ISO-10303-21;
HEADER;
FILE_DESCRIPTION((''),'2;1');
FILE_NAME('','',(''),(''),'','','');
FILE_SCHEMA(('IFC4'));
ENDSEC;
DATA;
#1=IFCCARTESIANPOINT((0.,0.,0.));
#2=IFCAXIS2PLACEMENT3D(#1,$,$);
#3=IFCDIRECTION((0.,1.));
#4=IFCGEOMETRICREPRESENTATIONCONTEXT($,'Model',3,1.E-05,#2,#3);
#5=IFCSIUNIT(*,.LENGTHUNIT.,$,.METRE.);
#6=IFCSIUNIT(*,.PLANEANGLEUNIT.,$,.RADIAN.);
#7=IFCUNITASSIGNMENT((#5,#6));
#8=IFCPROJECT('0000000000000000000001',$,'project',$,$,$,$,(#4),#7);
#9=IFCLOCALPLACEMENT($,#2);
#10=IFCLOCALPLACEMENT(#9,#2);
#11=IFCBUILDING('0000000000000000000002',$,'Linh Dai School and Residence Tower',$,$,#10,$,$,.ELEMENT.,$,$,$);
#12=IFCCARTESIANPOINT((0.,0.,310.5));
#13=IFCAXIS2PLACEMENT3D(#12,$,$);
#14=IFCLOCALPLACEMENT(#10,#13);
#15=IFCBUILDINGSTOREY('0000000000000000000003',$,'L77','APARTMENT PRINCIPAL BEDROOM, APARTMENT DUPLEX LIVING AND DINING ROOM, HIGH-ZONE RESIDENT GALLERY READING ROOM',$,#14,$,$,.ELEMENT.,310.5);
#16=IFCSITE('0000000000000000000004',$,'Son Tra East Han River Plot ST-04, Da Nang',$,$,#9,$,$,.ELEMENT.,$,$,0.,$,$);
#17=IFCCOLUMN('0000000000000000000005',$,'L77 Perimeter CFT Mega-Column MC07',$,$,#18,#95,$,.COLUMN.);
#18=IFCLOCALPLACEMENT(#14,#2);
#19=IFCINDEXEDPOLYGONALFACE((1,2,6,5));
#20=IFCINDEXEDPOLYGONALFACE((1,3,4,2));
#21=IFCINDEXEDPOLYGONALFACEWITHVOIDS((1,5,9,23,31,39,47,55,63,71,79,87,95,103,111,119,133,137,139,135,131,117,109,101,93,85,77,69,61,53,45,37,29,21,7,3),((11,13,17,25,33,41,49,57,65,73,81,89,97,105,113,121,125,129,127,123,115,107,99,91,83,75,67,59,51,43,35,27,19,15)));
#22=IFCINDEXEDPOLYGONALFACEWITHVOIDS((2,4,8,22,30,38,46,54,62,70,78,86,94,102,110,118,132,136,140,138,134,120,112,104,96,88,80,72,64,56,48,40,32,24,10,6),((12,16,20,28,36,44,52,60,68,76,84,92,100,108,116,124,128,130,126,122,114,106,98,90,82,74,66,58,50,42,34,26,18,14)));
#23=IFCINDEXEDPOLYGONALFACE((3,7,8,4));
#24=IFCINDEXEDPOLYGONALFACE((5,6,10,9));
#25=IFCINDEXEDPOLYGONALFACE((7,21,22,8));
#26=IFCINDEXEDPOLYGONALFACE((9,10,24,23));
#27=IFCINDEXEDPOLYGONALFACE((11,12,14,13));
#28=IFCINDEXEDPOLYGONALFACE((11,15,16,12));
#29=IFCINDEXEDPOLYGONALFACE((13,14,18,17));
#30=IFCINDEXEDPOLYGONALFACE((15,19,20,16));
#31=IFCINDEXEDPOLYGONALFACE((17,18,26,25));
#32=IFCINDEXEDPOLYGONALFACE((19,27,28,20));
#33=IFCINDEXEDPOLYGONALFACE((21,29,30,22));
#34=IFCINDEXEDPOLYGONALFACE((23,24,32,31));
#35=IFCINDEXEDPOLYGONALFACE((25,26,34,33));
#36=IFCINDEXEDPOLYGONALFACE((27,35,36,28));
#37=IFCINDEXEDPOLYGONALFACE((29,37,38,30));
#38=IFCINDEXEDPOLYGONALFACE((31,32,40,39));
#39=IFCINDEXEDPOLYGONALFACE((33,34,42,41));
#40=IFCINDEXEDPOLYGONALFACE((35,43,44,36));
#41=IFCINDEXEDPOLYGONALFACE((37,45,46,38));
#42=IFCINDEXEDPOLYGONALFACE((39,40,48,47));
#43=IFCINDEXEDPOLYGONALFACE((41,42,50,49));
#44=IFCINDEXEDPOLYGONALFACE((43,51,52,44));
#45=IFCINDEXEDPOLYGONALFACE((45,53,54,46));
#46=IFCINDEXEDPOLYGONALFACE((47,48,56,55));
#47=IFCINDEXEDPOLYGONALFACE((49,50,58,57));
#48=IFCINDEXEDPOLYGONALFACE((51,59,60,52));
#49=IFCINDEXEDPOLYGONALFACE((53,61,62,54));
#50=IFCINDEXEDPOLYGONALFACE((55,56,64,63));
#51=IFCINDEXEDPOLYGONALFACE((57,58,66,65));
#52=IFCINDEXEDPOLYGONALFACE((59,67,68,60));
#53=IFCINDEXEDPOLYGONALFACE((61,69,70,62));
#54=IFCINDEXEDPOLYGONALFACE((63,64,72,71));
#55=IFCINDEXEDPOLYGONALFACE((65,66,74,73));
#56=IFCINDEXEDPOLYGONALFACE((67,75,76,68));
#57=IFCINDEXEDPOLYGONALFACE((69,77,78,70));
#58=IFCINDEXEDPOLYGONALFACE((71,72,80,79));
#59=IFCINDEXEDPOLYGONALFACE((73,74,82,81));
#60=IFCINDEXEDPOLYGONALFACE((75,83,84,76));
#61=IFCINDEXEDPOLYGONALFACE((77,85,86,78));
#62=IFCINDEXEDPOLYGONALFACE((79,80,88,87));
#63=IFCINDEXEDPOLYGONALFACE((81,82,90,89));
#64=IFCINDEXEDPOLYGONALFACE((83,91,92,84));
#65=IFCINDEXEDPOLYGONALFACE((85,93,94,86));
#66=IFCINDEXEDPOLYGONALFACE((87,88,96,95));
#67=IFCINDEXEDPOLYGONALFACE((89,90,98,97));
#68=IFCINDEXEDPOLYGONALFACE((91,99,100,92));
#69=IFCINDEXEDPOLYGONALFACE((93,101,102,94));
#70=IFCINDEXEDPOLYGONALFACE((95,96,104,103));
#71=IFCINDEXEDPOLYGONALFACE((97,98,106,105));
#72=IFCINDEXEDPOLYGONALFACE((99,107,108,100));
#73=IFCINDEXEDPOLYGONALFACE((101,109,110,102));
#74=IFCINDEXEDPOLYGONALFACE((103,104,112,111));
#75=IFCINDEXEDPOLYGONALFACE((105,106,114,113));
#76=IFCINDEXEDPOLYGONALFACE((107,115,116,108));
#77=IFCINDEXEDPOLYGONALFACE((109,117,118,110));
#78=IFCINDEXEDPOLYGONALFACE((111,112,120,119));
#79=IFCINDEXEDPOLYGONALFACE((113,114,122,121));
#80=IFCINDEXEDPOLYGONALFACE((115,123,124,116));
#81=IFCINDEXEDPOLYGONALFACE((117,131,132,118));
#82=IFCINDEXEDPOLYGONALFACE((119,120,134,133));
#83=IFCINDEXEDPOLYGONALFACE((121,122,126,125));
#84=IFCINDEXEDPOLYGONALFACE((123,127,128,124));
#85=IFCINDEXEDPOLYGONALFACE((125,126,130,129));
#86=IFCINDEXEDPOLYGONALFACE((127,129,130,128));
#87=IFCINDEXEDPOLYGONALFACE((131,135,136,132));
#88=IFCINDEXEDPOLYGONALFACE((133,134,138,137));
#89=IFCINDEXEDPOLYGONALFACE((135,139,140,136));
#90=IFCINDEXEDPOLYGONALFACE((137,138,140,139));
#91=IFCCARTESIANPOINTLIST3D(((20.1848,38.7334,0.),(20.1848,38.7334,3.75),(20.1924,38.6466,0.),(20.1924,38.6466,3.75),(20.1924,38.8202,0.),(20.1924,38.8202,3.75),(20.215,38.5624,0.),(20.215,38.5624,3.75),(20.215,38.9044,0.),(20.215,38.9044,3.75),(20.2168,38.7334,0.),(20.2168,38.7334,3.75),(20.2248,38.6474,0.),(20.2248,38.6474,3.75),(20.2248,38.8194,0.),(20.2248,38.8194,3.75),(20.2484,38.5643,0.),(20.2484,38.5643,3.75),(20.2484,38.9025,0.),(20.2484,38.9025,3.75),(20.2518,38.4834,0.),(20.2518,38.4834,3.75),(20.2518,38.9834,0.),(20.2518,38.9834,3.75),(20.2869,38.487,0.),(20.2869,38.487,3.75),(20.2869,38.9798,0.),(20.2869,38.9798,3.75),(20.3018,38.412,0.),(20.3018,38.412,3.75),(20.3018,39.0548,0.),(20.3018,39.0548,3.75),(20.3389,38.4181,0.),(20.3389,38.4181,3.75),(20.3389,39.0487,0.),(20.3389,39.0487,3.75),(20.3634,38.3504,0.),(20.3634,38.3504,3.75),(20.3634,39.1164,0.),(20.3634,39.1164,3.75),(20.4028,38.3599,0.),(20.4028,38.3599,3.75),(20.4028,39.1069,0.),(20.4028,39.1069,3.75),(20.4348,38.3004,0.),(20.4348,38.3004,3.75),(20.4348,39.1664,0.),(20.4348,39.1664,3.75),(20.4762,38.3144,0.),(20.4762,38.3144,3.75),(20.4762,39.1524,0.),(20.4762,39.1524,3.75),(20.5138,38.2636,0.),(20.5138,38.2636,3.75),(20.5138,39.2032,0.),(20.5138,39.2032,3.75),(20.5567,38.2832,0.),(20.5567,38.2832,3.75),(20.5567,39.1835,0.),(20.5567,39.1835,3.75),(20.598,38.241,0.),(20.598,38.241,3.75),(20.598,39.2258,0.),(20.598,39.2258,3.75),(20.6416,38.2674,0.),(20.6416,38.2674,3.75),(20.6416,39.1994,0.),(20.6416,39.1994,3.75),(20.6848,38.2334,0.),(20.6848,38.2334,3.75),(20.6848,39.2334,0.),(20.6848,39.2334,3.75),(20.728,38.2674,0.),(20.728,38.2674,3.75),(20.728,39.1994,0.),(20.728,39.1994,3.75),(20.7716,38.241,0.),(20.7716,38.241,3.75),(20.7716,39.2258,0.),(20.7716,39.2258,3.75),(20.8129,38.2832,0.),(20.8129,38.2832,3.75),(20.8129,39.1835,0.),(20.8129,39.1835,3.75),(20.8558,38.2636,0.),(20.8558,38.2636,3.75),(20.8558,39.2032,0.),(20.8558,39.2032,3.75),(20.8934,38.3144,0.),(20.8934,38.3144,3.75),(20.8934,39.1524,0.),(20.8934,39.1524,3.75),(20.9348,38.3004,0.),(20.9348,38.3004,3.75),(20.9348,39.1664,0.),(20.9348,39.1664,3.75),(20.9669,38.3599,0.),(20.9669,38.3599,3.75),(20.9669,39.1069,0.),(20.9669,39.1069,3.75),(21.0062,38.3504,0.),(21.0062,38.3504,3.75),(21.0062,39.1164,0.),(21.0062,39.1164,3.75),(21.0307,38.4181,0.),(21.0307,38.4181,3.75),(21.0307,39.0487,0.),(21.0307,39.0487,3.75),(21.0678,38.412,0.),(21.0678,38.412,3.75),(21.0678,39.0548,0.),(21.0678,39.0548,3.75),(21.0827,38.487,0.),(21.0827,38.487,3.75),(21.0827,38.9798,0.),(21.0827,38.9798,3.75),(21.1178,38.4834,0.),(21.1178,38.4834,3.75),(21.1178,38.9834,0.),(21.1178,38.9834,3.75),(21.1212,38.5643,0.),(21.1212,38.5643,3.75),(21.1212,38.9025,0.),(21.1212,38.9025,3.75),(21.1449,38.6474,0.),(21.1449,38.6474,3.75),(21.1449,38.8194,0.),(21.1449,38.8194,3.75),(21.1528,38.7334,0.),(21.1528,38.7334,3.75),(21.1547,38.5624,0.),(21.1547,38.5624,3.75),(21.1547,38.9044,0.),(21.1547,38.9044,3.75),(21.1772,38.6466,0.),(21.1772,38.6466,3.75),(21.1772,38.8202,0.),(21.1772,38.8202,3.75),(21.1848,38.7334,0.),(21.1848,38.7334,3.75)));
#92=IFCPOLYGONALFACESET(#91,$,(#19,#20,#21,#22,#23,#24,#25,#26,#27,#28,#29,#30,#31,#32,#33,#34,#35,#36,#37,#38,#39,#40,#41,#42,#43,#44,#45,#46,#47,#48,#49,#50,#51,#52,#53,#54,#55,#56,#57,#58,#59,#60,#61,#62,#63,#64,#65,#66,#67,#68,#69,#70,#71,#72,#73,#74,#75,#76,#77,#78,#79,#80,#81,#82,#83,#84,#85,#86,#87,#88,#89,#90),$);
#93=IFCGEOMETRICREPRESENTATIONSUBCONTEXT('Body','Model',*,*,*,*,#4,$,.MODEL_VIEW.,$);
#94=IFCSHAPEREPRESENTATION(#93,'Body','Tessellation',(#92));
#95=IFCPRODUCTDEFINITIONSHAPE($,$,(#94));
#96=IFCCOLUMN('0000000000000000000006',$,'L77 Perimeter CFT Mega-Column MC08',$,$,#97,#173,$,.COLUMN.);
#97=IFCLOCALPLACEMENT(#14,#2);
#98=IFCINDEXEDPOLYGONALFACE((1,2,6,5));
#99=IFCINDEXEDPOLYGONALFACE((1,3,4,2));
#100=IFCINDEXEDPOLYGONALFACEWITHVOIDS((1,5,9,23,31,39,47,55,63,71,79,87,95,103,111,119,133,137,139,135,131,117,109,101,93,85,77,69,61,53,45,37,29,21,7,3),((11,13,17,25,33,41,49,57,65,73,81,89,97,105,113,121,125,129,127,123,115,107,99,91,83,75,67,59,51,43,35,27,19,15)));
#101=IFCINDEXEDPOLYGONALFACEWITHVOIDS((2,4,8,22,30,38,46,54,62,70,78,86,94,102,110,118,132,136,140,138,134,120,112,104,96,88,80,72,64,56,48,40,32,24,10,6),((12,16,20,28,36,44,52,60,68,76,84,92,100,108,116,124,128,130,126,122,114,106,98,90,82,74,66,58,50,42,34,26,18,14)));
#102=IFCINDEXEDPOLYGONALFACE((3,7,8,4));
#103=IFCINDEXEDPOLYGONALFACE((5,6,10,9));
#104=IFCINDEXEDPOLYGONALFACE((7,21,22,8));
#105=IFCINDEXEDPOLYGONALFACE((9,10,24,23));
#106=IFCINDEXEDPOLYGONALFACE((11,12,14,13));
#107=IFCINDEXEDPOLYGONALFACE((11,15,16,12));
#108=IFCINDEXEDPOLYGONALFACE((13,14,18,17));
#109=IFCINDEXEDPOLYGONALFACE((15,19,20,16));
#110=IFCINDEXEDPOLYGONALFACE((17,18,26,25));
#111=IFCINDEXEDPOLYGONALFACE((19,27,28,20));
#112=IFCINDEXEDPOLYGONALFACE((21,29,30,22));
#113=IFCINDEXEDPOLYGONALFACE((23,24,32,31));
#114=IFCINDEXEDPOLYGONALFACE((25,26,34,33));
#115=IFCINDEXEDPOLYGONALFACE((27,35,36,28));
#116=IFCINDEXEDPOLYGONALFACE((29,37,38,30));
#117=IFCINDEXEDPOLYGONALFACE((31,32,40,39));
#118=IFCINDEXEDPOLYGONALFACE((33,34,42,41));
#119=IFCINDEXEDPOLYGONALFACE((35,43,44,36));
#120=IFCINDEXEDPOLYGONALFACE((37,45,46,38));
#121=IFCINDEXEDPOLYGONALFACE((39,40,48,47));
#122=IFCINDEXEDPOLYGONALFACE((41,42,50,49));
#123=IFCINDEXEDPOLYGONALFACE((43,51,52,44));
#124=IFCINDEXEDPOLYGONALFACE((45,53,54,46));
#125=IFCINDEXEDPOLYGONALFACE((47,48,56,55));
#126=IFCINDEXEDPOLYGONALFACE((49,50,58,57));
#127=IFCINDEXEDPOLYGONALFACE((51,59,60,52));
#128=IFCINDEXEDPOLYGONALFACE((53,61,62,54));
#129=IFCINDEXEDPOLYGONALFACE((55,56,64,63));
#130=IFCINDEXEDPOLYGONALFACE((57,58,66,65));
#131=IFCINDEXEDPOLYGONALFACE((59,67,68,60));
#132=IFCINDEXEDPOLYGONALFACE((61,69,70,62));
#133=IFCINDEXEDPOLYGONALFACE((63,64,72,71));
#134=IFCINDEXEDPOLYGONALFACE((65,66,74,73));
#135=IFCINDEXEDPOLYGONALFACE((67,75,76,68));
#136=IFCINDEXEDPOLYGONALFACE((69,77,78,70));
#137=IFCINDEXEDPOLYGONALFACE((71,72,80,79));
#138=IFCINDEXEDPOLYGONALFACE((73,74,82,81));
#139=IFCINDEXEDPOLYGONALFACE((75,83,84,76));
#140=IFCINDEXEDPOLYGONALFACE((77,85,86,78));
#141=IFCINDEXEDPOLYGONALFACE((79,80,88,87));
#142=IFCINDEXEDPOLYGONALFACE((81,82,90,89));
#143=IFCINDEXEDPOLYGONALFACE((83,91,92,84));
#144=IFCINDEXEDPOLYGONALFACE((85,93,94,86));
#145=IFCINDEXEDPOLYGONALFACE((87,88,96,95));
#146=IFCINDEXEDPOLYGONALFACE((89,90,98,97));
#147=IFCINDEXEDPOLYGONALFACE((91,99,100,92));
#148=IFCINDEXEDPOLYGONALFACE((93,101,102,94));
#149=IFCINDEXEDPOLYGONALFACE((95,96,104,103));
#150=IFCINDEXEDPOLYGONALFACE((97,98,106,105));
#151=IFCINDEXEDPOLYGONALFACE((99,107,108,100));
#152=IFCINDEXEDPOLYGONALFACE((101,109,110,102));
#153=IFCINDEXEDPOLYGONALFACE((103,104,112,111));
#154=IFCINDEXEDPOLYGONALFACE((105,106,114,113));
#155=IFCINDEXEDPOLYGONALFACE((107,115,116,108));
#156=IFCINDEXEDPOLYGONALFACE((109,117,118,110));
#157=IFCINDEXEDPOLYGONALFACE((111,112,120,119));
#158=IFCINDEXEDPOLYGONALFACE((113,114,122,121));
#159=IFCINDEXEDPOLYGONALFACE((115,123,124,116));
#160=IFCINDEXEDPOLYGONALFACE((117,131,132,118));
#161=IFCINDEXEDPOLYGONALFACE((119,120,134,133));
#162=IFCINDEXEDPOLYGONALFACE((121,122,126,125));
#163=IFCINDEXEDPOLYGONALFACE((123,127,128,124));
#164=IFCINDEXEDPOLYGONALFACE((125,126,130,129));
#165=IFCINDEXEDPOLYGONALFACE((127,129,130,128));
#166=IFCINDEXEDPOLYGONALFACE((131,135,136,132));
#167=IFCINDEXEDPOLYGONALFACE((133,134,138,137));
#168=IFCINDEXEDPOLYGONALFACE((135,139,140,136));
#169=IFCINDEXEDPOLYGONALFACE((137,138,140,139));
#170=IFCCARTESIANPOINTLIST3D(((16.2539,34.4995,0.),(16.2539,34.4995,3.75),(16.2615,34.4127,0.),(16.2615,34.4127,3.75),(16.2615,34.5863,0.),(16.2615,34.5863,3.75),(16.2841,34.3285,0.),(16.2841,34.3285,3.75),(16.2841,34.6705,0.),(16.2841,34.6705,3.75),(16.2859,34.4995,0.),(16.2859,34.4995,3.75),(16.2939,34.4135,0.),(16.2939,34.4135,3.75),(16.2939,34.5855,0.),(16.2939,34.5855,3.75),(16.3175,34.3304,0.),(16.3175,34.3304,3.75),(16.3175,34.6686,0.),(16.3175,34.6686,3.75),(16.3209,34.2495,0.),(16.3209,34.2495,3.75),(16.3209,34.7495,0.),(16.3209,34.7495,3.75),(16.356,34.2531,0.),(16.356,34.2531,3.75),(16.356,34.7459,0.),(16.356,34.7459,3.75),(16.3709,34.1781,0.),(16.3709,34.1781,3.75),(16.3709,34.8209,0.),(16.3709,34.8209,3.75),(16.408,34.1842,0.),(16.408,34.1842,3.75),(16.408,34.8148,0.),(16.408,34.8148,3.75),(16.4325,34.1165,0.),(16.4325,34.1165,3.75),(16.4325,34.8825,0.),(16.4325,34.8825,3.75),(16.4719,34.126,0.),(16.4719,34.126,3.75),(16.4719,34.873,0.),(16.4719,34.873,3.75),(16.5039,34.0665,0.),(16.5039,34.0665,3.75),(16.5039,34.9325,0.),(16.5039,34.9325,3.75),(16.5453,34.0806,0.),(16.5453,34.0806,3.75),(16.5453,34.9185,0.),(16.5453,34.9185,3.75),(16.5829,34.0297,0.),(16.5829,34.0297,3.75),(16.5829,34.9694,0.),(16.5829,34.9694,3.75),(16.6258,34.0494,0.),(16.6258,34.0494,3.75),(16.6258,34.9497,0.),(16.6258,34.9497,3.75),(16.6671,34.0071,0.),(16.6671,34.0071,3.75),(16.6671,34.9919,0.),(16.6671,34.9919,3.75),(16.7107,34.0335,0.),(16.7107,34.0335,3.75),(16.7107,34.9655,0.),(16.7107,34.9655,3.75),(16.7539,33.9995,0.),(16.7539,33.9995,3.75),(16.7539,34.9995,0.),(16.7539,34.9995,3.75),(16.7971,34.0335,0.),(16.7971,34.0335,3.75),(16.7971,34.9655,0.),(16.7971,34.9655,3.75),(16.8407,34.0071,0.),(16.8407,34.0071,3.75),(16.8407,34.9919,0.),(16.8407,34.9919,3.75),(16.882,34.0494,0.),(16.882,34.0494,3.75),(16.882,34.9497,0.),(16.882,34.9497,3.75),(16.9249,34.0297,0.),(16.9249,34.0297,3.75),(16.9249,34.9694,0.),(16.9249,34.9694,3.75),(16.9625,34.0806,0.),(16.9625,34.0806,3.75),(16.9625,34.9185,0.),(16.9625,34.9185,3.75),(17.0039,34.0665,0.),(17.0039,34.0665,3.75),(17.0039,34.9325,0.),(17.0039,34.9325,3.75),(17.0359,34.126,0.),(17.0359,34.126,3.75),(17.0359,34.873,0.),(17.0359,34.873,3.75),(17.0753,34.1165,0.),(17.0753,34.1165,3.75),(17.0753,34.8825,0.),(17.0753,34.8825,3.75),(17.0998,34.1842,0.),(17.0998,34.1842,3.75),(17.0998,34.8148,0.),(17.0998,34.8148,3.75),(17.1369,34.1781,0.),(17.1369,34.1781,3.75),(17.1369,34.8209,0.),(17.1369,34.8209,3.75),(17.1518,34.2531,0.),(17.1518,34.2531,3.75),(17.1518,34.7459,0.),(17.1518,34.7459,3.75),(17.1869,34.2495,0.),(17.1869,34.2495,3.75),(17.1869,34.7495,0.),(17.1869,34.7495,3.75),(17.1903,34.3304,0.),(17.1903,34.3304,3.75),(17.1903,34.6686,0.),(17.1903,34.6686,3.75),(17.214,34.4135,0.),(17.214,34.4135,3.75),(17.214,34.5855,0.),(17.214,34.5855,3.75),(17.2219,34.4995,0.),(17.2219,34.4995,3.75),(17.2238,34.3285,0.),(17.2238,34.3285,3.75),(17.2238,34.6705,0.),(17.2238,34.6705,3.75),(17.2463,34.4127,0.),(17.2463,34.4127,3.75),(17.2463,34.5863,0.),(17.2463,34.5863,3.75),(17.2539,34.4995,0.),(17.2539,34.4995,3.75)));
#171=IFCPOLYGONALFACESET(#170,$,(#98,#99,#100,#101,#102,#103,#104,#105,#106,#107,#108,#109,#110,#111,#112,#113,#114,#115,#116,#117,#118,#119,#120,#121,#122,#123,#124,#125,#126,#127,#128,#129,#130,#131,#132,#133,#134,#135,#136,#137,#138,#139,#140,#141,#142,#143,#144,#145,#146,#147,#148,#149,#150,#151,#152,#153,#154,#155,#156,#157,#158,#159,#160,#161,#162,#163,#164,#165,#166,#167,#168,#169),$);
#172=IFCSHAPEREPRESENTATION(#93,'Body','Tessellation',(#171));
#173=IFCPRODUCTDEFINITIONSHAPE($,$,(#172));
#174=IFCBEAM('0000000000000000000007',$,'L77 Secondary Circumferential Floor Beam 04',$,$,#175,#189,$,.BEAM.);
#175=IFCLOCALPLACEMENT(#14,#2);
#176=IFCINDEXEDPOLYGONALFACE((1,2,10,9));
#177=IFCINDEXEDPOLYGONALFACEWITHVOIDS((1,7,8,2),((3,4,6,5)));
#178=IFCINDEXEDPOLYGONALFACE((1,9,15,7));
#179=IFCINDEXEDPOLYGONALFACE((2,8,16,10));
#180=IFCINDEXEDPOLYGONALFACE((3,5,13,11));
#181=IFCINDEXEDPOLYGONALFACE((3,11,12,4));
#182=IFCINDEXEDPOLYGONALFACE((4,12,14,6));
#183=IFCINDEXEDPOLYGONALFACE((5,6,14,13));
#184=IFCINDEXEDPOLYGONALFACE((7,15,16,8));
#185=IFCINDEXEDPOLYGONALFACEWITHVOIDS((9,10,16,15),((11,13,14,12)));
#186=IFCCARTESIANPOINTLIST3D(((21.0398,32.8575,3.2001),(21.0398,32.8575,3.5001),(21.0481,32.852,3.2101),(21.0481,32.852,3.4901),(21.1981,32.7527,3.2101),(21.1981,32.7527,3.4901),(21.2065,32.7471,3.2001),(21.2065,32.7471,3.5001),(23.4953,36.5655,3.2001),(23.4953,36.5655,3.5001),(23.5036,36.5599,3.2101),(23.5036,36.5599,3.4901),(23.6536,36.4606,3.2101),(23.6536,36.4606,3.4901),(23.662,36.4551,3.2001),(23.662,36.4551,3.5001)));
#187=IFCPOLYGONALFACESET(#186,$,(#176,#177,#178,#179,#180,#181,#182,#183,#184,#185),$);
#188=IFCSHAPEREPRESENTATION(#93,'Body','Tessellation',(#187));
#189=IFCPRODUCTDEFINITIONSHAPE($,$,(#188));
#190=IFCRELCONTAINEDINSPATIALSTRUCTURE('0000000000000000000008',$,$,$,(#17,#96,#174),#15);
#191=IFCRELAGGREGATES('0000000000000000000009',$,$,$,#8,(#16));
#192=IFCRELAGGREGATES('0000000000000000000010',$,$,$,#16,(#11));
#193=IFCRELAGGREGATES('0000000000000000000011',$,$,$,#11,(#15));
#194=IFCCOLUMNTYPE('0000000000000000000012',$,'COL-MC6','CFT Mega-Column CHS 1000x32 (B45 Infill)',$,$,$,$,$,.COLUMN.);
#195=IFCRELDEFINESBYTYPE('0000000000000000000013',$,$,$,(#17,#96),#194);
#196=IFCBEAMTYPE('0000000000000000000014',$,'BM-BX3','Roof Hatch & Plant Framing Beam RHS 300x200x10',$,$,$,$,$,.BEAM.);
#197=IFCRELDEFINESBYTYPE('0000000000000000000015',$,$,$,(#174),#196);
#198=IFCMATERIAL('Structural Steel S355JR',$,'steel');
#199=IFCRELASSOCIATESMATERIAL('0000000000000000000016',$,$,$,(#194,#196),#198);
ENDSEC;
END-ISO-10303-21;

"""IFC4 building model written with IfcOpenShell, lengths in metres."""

from ifc_helpers import new_model, si_unit, direction, frame, origin, origin_2d, place, context, subcontext, project, spatial, hollow_rectangle, hollow_circle, extrude, material, material_profile, profile_set, type_object, element, save


model = new_model("IFC4")

# Units and contexts
model_context = context("Model", 3, precision=1e-05, world=origin(), true_north=direction((0.0, 1.0)))
body_context = subcontext(model_context, "Body", "Model", "MODEL_VIEW")
ifc_project = project(units=[si_unit("LENGTHUNIT", "METRE"), si_unit("PLANEANGLEUNIT", "RADIAN")], contexts=[model_context])

# Site, building, storey
site_placement = place(None, origin())
site = spatial("IfcSite", under=ifc_project, at=site_placement, Name="Son Tra East Han River Plot ST-04, Da Nang", CompositionType="ELEMENT", RefElevation=0.0)
building_placement = place(site_placement, origin())
building = spatial("IfcBuilding", under=site, at=building_placement, Name="Linh Dai School and Residence Tower", CompositionType="ELEMENT")
storey_placement = place(building_placement, frame((0.0, 0.0, 310.5)))
storey = spatial("IfcBuildingStorey", under=building, at=storey_placement, Name="L77", Description="APARTMENT PRINCIPAL BEDROOM, APARTMENT DUPLEX LIVING AND DINING ROOM, HIGH-ZONE RESIDENT GALLERY READING ROOM", CompositionType="ELEMENT", Elevation=310.5)

# Columns
ifc_material_1 = material(Name="Structural Steel S355JR", Category="steel")
ifc_material_profile_1 = material_profile(ifc_material_1, hollow_circle(Radius=0.5, WallThickness=0.032, at=origin_2d()), Name="CHS 1000x32")
ifc_profile_set_1 = profile_set([ifc_material_profile_1], Name="Structural Steel S355JR")
column_type = type_object("IfcColumnType", Name="COL-MC6", Description="CFT Mega-Column CHS 1000x32 (B45 Infill)", PredefinedType="COLUMN", material=ifc_profile_set_1)
for number, where, z_axis, x_axis, name in (
    (1, (20.6848, 38.7334, 0.0), (0.0, 0.0, 1.0), (1.0, 0.0, 0.0), "L77 Perimeter CFT Mega-Column MC07"),
    (2, (16.7539, 34.4995, 0.0), (0.0, 0.0, 1.0), (1.0, 0.0, 0.0), "L77 Perimeter CFT Mega-Column MC08"),
):
    element("IfcColumn", number, at=place(storey_placement, frame(where, z_axis=z_axis, x_axis=x_axis)), inside=storey, type_object=column_type, Name=name, PredefinedType="COLUMN", context=body_context, shape_type="SweptSolid", body=[
        extrude(hollow_circle(Radius=0.5, WallThickness=0.032, at=origin_2d()), origin(), (0.0, 0.0, 1.0), 3.75),
    ])

# Beam
ifc_material_profile_2 = material_profile(ifc_material_1, hollow_rectangle(XDim=0.2, YDim=0.3, WallThickness=0.01, at=origin_2d()), Name="RHS 300x200x10")
ifc_profile_set_2 = profile_set([ifc_material_profile_2], Name="Structural Steel S355JR")
beam_type_1 = type_object("IfcBeamType", Name="BM-BX3", Description="Roof Hatch & Plant Framing Beam RHS 300x200x10", PredefinedType="BEAM", material=ifc_profile_set_2)
beam_1_placement = place(storey_placement, frame((23.5786, 36.5103, 3.3501), z_axis=(-0.552139, -0.833752, 0.0), x_axis=(0.833752, -0.552139, 0.0)))
element("IfcBeam", 3, at=beam_1_placement, inside=storey, type_object=beam_type_1, Name="L77 Secondary Circumferential Floor Beam 04", PredefinedType="BEAM", context=body_context, shape_type="SweptSolid", body=[
    extrude(hollow_rectangle(XDim=0.2, YDim=0.3, WallThickness=0.01, at=origin_2d()), origin(), (0.0, 0.0, 1.0), 4.4473),
])

save(model, "model.ifc")
